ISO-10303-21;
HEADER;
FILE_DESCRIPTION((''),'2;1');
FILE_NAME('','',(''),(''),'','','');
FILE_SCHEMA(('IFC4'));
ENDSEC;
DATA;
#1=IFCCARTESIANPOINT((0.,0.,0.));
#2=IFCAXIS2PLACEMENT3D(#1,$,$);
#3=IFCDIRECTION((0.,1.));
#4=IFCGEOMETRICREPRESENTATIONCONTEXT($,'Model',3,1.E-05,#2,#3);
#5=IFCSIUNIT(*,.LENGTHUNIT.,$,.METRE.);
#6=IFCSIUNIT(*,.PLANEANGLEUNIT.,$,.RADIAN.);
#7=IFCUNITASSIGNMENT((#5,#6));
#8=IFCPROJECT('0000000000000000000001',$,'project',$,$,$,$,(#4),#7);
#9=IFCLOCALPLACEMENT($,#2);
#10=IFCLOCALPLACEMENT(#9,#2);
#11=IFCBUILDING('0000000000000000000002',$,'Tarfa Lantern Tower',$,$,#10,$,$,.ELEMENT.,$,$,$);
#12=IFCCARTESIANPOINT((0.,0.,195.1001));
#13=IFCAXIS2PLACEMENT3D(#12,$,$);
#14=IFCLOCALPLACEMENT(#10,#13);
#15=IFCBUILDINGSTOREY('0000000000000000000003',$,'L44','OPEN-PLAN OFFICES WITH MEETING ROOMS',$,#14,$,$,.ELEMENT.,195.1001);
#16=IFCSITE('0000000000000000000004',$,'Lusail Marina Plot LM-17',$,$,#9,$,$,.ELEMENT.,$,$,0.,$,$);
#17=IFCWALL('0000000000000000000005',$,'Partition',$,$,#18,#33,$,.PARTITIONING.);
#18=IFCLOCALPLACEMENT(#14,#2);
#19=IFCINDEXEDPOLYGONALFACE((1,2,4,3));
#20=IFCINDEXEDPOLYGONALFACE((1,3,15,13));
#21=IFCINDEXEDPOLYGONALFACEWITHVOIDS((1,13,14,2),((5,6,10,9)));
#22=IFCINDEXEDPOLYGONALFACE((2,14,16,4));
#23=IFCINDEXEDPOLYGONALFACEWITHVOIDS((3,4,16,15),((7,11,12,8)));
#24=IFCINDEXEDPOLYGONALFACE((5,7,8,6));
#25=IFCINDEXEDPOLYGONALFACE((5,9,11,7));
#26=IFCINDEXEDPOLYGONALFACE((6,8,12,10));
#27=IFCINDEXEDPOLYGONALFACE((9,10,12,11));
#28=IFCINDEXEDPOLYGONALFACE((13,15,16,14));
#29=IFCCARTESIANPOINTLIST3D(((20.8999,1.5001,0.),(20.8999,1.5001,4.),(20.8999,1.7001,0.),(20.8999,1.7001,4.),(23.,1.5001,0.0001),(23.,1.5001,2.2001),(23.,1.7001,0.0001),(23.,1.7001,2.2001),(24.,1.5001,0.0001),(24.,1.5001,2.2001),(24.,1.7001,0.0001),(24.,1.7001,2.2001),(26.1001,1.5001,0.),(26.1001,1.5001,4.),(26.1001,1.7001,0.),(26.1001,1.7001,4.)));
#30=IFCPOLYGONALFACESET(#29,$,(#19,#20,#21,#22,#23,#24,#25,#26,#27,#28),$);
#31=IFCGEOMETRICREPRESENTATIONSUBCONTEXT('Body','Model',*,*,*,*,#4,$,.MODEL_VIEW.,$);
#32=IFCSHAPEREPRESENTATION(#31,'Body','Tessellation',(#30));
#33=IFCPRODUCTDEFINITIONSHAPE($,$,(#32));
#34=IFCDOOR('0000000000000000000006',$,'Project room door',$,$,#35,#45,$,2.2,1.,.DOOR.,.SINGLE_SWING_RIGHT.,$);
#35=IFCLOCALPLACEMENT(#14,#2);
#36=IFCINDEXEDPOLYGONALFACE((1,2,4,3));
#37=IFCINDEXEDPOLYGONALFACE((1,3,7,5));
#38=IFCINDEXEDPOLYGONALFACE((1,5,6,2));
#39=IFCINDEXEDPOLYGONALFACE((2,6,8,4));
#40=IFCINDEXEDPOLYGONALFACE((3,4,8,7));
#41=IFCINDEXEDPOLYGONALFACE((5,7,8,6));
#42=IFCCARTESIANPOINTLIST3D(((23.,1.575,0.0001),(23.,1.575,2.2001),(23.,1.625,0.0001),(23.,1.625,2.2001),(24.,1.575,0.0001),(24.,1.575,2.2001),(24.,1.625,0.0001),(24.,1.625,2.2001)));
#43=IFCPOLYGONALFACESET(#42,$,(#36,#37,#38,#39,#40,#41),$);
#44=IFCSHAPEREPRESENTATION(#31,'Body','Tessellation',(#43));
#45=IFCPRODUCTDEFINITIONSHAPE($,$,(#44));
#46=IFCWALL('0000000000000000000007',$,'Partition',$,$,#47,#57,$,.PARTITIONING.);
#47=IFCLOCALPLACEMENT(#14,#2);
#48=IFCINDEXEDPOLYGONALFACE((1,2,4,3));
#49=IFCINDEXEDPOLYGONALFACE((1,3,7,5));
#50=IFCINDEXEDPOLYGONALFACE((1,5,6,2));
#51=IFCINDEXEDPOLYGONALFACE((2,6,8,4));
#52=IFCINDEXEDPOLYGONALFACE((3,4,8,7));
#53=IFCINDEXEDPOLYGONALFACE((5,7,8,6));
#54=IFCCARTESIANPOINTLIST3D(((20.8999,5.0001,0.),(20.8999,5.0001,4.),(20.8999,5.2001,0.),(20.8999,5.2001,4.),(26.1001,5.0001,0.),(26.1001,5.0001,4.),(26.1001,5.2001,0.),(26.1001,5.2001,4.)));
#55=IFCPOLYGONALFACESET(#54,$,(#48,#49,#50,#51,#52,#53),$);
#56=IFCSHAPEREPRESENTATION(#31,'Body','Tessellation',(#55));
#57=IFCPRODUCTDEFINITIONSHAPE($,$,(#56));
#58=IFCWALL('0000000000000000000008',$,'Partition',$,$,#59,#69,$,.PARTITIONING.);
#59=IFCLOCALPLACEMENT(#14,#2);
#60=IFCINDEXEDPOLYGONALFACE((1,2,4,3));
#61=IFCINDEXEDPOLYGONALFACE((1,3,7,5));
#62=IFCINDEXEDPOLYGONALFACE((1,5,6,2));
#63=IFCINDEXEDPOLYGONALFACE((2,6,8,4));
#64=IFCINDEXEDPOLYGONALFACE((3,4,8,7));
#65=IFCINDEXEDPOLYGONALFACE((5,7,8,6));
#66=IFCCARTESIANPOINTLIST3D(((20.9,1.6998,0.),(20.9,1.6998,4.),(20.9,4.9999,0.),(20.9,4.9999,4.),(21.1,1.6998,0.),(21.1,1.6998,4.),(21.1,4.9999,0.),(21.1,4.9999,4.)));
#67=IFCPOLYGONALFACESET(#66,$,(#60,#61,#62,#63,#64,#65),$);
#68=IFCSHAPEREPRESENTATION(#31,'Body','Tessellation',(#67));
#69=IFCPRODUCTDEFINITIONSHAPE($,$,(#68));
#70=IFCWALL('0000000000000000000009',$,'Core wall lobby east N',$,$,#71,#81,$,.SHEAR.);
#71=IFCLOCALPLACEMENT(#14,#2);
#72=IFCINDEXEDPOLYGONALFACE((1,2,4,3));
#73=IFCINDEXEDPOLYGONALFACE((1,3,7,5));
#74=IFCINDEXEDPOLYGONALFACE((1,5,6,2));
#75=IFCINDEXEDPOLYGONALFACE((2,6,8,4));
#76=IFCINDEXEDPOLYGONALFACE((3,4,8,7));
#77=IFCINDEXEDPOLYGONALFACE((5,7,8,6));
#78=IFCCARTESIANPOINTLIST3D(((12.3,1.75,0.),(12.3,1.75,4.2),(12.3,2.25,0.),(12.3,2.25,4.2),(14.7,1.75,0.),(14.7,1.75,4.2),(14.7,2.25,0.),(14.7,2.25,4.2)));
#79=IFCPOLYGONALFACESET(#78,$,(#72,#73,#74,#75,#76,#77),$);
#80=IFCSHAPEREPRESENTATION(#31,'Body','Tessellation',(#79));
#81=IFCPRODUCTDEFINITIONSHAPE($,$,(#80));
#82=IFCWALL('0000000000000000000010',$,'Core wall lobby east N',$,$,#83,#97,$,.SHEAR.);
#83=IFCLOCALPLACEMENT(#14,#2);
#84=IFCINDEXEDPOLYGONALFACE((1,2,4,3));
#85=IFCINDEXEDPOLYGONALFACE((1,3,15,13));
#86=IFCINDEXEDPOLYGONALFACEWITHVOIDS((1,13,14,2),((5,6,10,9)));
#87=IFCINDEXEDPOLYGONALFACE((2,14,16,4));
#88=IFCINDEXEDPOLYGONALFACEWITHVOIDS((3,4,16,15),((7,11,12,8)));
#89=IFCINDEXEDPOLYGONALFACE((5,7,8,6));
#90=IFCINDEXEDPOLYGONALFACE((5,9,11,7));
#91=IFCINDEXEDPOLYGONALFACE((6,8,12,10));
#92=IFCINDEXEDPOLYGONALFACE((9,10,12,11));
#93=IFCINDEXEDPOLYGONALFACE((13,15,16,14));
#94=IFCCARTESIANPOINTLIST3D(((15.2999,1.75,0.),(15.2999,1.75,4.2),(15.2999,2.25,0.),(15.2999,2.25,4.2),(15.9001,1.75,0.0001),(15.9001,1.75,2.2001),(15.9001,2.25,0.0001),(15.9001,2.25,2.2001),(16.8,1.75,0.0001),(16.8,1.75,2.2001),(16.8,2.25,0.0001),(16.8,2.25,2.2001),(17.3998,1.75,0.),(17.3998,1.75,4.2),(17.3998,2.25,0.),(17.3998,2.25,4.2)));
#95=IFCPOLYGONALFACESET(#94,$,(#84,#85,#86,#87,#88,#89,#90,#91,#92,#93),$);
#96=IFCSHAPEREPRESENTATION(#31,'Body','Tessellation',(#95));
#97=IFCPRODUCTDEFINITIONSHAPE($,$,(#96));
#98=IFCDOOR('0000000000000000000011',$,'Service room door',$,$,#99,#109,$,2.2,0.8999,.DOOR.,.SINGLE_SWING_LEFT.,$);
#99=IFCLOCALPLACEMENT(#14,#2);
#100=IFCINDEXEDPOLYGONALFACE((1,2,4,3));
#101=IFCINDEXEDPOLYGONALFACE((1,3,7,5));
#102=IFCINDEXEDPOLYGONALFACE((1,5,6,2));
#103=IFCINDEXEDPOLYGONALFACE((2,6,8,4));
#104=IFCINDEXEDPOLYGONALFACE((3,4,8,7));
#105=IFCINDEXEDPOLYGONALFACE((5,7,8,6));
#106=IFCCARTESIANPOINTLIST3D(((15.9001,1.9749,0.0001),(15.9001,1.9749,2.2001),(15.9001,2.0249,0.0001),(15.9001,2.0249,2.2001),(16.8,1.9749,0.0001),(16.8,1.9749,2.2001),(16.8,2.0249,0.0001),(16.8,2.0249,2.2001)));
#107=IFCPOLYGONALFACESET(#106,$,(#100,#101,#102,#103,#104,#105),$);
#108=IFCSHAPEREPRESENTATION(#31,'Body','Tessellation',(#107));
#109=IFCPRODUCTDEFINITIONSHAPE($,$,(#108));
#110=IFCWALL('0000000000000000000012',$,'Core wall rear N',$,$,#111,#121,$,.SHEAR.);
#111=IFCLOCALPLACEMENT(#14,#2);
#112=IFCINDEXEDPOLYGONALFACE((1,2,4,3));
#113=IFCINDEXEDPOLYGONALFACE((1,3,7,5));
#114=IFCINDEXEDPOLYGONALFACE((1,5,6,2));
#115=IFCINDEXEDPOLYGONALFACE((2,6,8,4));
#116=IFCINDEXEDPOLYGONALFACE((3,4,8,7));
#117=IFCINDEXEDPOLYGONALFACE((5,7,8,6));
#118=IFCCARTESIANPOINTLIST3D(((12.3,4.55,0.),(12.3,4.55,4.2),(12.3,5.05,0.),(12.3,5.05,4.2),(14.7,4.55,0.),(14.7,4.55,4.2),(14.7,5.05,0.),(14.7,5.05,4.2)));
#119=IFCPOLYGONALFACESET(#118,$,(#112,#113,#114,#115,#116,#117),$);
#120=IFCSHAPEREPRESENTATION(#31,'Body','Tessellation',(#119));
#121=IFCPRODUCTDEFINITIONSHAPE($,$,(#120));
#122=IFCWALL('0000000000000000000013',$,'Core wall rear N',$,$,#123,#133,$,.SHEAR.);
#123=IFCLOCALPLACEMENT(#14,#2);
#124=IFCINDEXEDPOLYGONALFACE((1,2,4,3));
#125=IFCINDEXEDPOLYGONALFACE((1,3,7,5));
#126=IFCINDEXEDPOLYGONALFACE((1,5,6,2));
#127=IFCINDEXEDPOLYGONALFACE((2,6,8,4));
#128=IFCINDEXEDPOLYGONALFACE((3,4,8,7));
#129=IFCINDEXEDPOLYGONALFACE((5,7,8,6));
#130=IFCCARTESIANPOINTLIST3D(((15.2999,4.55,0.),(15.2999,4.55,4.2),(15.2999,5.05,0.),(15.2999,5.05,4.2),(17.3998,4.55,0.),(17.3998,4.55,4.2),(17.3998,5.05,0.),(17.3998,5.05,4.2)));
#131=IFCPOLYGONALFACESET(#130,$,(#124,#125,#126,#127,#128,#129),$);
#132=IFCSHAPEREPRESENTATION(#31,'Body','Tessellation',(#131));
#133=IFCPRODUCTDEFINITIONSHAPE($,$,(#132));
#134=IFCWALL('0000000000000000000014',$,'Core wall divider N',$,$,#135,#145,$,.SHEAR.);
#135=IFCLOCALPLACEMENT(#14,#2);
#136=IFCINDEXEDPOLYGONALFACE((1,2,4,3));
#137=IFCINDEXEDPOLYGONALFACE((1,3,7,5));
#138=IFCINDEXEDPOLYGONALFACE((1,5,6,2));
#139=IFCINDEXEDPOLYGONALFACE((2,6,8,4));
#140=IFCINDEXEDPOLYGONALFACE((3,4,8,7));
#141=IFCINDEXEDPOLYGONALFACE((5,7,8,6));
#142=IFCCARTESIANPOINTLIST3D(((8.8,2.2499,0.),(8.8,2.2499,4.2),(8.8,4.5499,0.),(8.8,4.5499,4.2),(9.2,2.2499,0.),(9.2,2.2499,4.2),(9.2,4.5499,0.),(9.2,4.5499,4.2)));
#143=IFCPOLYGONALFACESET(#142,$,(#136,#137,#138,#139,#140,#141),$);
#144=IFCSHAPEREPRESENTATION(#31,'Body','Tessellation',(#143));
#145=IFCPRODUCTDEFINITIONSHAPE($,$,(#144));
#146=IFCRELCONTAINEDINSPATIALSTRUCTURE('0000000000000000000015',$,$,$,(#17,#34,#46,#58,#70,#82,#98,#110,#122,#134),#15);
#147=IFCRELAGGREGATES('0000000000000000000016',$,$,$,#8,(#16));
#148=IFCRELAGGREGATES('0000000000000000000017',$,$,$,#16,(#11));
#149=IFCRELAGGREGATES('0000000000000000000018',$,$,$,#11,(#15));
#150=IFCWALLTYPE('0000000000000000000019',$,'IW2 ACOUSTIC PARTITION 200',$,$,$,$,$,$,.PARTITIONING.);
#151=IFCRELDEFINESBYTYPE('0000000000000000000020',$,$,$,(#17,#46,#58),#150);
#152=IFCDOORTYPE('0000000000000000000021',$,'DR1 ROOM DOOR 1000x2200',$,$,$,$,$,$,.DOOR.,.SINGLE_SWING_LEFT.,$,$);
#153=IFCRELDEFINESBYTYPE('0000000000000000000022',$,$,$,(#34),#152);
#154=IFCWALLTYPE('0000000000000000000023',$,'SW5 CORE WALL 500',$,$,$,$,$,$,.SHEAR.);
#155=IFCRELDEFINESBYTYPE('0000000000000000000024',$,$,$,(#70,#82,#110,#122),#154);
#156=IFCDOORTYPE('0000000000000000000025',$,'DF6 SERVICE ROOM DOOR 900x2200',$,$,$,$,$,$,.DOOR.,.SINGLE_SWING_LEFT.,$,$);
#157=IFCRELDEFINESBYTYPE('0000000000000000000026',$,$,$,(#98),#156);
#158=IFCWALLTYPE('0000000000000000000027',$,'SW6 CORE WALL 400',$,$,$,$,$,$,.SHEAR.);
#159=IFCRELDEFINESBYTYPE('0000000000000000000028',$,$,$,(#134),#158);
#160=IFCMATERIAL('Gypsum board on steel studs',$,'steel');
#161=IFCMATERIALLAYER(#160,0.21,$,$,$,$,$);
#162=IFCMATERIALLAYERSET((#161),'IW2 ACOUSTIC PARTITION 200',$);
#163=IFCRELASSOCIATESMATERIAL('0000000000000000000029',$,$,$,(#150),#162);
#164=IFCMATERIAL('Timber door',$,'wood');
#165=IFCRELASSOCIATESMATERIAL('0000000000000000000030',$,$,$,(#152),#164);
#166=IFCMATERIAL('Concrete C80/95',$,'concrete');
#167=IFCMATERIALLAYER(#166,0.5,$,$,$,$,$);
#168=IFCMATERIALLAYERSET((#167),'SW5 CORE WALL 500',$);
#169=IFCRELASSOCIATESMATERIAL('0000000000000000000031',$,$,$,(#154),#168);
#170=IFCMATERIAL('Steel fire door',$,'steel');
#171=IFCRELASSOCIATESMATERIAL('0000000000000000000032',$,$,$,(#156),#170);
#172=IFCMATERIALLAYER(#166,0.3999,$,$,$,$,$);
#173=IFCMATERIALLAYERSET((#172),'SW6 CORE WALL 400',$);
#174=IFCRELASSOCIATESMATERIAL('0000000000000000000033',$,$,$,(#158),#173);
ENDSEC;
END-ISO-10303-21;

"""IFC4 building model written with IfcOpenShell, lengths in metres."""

from ifc_helpers import new_model, si_unit, direction, frame, frame_2d, origin, place, context, subcontext, project, spatial, rectangle, extrude, material, layer, layer_set, type_object, element, fill, save


model = new_model("IFC4")

# Units and contexts
model_context = context("Model", 3, precision=1e-05, world=origin(), true_north=direction((0.0, 1.0)))
body_context = subcontext(model_context, "Body", "Model", "MODEL_VIEW")
ifc_project = project(units=[si_unit("LENGTHUNIT", "METRE"), si_unit("PLANEANGLEUNIT", "RADIAN")], contexts=[model_context])

# Site, building, storey
site_placement = place(None, origin())
site = spatial("IfcSite", under=ifc_project, at=site_placement, Name="Lusail Marina Plot LM-17", CompositionType="ELEMENT", RefElevation=0.0)
building_placement = place(site_placement, origin())
building = spatial("IfcBuilding", under=site, at=building_placement, Name="Tarfa Lantern Tower", CompositionType="ELEMENT")
storey_placement = place(building_placement, frame((0.0, 0.0, 195.1001)))
storey = spatial("IfcBuildingStorey", under=building, at=storey_placement, Name="L44", Description="OPEN-PLAN OFFICES WITH MEETING ROOMS", CompositionType="ELEMENT", Elevation=195.1001)

# Shared definitions
ifc_material_1 = material(Name="Gypsum board on steel studs", Category="steel")
ifc_layer_1 = layer(ifc_material_1, 0.21)
ifc_layer_set_1 = layer_set([ifc_layer_1], Name="IW2 ACOUSTIC PARTITION 200")
wall_type_1 = type_object("IfcWallType", Name="IW2 ACOUSTIC PARTITION 200", PredefinedType="PARTITIONING", material=ifc_layer_set_1)

# Wall, opening, door
wall_1_placement = place(storey_placement, frame((20.8999, 1.6001, 0.0), z_axis=(0.0, 0.0, 1.0), x_axis=(1.0, 0.0, 0.0)))
wall_1 = element("IfcWall", 1, at=wall_1_placement, inside=storey, type_object=wall_type_1, Name="Partition", PredefinedType="PARTITIONING", context=body_context, shape_type="SweptSolid", body=[
    extrude(rectangle(XDim=5.2002, YDim=0.2, at=frame_2d((2.6001, 0.0))), origin(), (0.0, 0.0, 1.0), 4.0),
])
opening_1_placement = place(wall_1_placement, frame((2.1001, 0.0, 0.0)))
opening_1 = element("IfcOpeningElement", 2, at=opening_1_placement, cuts=wall_1, PredefinedType="OPENING", context=body_context, shape_type="SweptSolid", body=[
    extrude(rectangle(XDim=1.0, YDim=2.2, at=frame_2d((0.5, 1.1001))), frame((0.0, 0.1099, 0.0), z_axis=(0.0, -1.0, 0.0), x_axis=(1.0, 0.0, 0.0)), (0.0, 0.0, 1.0), 0.22),
])
ifc_material_2 = material(Name="Timber door", Category="wood")
door_type_1 = type_object("IfcDoorType", Name="DR1 ROOM DOOR 1000x2200", OperationType="SINGLE_SWING_LEFT", PredefinedType="DOOR", material=ifc_material_2)
door_1_placement = place(opening_1_placement, origin())
door_1 = element("IfcDoor", 3, at=door_1_placement, inside=storey, type_object=door_type_1, Name="Project room door", OperationType="SINGLE_SWING_RIGHT", OverallHeight=2.2, OverallWidth=1.0, PredefinedType="DOOR", context=body_context, shape_type="SweptSolid", body=[
    extrude(rectangle(XDim=1.0, YDim=2.2, at=frame_2d((0.5, 1.1001))), frame((0.0, 0.0249, 0.0), z_axis=(0.0, -1.0, 0.0), x_axis=(1.0, 0.0, 0.0)), (0.0, 0.0, 1.0), 0.05),
])
fill(opening_1, door_1)

# Walls
wall_2_placement = place(storey_placement, frame((20.8999, 5.1001, 0.0), z_axis=(0.0, 0.0, 1.0), x_axis=(1.0, 0.0, 0.0)))
element("IfcWall", 4, at=wall_2_placement, inside=storey, type_object=wall_type_1, Name="Partition", PredefinedType="PARTITIONING", context=body_context, shape_type="SweptSolid", body=[
    extrude(rectangle(XDim=5.2002, YDim=0.2, at=frame_2d((2.6001, 0.0))), origin(), (0.0, 0.0, 1.0), 4.0),
])
wall_3_placement = place(storey_placement, frame((21.0, 1.7, 0.0), z_axis=(0.0, 0.0, 1.0), x_axis=(0.0, 1.0, 0.0)))
element("IfcWall", 5, at=wall_3_placement, inside=storey, type_object=wall_type_1, Name="Partition", PredefinedType="PARTITIONING", context=body_context, shape_type="SweptSolid", body=[
    extrude(rectangle(XDim=3.3, YDim=0.2, at=frame_2d((1.6499, 0.0))), origin(), (0.0, 0.0, 1.0), 4.0),
])
ifc_material_3 = material(Name="Concrete C80/95", Category="concrete")
ifc_layer_2 = layer(ifc_material_3, 0.5)
ifc_layer_set_2 = layer_set([ifc_layer_2], Name="SW5 CORE WALL 500")
wall_type_2 = type_object("IfcWallType", Name="SW5 CORE WALL 500", PredefinedType="SHEAR", material=ifc_layer_set_2)
wall_4_placement = place(storey_placement, frame((12.3, 2.0, 0.0), z_axis=(0.0, 0.0, 1.0), x_axis=(1.0, 0.0, 0.0)))
element("IfcWall", 6, at=wall_4_placement, inside=storey, type_object=wall_type_2, Name="Core wall lobby east N", PredefinedType="SHEAR", context=body_context, shape_type="SweptSolid", body=[
    extrude(rectangle(XDim=2.3999, YDim=0.5, at=frame_2d((1.2, 0.0))), origin(), (0.0, 0.0, 1.0), 4.2),
])

# Wall, opening, door
wall_5_placement = place(storey_placement, frame((15.3, 2.0, 0.0), z_axis=(0.0, 0.0, 1.0), x_axis=(1.0, 0.0, 0.0)))
wall_5 = element("IfcWall", 7, at=wall_5_placement, inside=storey, type_object=wall_type_2, Name="Core wall lobby east N", PredefinedType="SHEAR", context=body_context, shape_type="SweptSolid", body=[
    extrude(rectangle(XDim=2.0999, YDim=0.5, at=frame_2d((1.0498, 0.0))), origin(), (0.0, 0.0, 1.0), 4.2),
])
opening_2_placement = place(wall_5_placement, frame((0.6001, 0.0, 0.0)))
opening_2 = element("IfcOpeningElement", 8, at=opening_2_placement, cuts=wall_5, PredefinedType="OPENING", context=body_context, shape_type="SweptSolid", body=[
    extrude(rectangle(XDim=0.8999, YDim=2.2, at=frame_2d((0.45, 1.1001))), frame((0.0, 0.26, 0.0), z_axis=(0.0, -1.0, 0.0), x_axis=(1.0, 0.0, 0.0)), (0.0, 0.0, 1.0), 0.52),
])
ifc_material_4 = material(Name="Steel fire door", Category="steel")
door_type_2 = type_object("IfcDoorType", Name="DF6 SERVICE ROOM DOOR 900x2200", OperationType="SINGLE_SWING_LEFT", PredefinedType="DOOR", material=ifc_material_4)
door_2_placement = place(opening_2_placement, origin())
door_2 = element("IfcDoor", 9, at=door_2_placement, inside=storey, type_object=door_type_2, Name="Service room door", OperationType="SINGLE_SWING_LEFT", OverallHeight=2.2, OverallWidth=0.8999, PredefinedType="DOOR", context=body_context, shape_type="SweptSolid", body=[
    extrude(rectangle(XDim=0.8999, YDim=2.2, at=frame_2d((0.45, 1.1001))), frame((0.0, 0.0249, 0.0), z_axis=(0.0, -1.0, 0.0), x_axis=(1.0, 0.0, 0.0)), (0.0, 0.0, 1.0), 0.05),
])
fill(opening_2, door_2)

# Walls
wall_6_placement = place(storey_placement, frame((12.3, 4.8, 0.0), z_axis=(0.0, 0.0, 1.0), x_axis=(1.0, 0.0, 0.0)))
element("IfcWall", 10, at=wall_6_placement, inside=storey, type_object=wall_type_2, Name="Core wall rear N", PredefinedType="SHEAR", context=body_context, shape_type="SweptSolid", body=[
    extrude(rectangle(XDim=2.3999, YDim=0.5, at=frame_2d((1.2, 0.0))), origin(), (0.0, 0.0, 1.0), 4.2),
])
wall_7_placement = place(storey_placement, frame((15.3, 4.8, 0.0), z_axis=(0.0, 0.0, 1.0), x_axis=(1.0, 0.0, 0.0)))
element("IfcWall", 11, at=wall_7_placement, inside=storey, type_object=wall_type_2, Name="Core wall rear N", PredefinedType="SHEAR", context=body_context, shape_type="SweptSolid", body=[
    extrude(rectangle(XDim=2.0999, YDim=0.5, at=frame_2d((1.0498, 0.0))), origin(), (0.0, 0.0, 1.0), 4.2),
])
ifc_layer_3 = layer(ifc_material_3, 0.3999)
ifc_layer_set_3 = layer_set([ifc_layer_3], Name="SW6 CORE WALL 400")
wall_type_3 = type_object("IfcWallType", Name="SW6 CORE WALL 400", PredefinedType="SHEAR", material=ifc_layer_set_3)
wall_8_placement = place(storey_placement, frame((9.0, 2.25, 0.0), z_axis=(0.0, 0.0, 1.0), x_axis=(0.0, 1.0, 0.0)))
element("IfcWall", 12, at=wall_8_placement, inside=storey, type_object=wall_type_3, Name="Core wall divider N", PredefinedType="SHEAR", context=body_context, shape_type="SweptSolid", body=[
    extrude(rectangle(XDim=2.3, YDim=0.3999, at=frame_2d((1.1499, 0.0))), origin(), (0.0, 0.0, 1.0), 4.2),
])

save(model, "model.ifc")
